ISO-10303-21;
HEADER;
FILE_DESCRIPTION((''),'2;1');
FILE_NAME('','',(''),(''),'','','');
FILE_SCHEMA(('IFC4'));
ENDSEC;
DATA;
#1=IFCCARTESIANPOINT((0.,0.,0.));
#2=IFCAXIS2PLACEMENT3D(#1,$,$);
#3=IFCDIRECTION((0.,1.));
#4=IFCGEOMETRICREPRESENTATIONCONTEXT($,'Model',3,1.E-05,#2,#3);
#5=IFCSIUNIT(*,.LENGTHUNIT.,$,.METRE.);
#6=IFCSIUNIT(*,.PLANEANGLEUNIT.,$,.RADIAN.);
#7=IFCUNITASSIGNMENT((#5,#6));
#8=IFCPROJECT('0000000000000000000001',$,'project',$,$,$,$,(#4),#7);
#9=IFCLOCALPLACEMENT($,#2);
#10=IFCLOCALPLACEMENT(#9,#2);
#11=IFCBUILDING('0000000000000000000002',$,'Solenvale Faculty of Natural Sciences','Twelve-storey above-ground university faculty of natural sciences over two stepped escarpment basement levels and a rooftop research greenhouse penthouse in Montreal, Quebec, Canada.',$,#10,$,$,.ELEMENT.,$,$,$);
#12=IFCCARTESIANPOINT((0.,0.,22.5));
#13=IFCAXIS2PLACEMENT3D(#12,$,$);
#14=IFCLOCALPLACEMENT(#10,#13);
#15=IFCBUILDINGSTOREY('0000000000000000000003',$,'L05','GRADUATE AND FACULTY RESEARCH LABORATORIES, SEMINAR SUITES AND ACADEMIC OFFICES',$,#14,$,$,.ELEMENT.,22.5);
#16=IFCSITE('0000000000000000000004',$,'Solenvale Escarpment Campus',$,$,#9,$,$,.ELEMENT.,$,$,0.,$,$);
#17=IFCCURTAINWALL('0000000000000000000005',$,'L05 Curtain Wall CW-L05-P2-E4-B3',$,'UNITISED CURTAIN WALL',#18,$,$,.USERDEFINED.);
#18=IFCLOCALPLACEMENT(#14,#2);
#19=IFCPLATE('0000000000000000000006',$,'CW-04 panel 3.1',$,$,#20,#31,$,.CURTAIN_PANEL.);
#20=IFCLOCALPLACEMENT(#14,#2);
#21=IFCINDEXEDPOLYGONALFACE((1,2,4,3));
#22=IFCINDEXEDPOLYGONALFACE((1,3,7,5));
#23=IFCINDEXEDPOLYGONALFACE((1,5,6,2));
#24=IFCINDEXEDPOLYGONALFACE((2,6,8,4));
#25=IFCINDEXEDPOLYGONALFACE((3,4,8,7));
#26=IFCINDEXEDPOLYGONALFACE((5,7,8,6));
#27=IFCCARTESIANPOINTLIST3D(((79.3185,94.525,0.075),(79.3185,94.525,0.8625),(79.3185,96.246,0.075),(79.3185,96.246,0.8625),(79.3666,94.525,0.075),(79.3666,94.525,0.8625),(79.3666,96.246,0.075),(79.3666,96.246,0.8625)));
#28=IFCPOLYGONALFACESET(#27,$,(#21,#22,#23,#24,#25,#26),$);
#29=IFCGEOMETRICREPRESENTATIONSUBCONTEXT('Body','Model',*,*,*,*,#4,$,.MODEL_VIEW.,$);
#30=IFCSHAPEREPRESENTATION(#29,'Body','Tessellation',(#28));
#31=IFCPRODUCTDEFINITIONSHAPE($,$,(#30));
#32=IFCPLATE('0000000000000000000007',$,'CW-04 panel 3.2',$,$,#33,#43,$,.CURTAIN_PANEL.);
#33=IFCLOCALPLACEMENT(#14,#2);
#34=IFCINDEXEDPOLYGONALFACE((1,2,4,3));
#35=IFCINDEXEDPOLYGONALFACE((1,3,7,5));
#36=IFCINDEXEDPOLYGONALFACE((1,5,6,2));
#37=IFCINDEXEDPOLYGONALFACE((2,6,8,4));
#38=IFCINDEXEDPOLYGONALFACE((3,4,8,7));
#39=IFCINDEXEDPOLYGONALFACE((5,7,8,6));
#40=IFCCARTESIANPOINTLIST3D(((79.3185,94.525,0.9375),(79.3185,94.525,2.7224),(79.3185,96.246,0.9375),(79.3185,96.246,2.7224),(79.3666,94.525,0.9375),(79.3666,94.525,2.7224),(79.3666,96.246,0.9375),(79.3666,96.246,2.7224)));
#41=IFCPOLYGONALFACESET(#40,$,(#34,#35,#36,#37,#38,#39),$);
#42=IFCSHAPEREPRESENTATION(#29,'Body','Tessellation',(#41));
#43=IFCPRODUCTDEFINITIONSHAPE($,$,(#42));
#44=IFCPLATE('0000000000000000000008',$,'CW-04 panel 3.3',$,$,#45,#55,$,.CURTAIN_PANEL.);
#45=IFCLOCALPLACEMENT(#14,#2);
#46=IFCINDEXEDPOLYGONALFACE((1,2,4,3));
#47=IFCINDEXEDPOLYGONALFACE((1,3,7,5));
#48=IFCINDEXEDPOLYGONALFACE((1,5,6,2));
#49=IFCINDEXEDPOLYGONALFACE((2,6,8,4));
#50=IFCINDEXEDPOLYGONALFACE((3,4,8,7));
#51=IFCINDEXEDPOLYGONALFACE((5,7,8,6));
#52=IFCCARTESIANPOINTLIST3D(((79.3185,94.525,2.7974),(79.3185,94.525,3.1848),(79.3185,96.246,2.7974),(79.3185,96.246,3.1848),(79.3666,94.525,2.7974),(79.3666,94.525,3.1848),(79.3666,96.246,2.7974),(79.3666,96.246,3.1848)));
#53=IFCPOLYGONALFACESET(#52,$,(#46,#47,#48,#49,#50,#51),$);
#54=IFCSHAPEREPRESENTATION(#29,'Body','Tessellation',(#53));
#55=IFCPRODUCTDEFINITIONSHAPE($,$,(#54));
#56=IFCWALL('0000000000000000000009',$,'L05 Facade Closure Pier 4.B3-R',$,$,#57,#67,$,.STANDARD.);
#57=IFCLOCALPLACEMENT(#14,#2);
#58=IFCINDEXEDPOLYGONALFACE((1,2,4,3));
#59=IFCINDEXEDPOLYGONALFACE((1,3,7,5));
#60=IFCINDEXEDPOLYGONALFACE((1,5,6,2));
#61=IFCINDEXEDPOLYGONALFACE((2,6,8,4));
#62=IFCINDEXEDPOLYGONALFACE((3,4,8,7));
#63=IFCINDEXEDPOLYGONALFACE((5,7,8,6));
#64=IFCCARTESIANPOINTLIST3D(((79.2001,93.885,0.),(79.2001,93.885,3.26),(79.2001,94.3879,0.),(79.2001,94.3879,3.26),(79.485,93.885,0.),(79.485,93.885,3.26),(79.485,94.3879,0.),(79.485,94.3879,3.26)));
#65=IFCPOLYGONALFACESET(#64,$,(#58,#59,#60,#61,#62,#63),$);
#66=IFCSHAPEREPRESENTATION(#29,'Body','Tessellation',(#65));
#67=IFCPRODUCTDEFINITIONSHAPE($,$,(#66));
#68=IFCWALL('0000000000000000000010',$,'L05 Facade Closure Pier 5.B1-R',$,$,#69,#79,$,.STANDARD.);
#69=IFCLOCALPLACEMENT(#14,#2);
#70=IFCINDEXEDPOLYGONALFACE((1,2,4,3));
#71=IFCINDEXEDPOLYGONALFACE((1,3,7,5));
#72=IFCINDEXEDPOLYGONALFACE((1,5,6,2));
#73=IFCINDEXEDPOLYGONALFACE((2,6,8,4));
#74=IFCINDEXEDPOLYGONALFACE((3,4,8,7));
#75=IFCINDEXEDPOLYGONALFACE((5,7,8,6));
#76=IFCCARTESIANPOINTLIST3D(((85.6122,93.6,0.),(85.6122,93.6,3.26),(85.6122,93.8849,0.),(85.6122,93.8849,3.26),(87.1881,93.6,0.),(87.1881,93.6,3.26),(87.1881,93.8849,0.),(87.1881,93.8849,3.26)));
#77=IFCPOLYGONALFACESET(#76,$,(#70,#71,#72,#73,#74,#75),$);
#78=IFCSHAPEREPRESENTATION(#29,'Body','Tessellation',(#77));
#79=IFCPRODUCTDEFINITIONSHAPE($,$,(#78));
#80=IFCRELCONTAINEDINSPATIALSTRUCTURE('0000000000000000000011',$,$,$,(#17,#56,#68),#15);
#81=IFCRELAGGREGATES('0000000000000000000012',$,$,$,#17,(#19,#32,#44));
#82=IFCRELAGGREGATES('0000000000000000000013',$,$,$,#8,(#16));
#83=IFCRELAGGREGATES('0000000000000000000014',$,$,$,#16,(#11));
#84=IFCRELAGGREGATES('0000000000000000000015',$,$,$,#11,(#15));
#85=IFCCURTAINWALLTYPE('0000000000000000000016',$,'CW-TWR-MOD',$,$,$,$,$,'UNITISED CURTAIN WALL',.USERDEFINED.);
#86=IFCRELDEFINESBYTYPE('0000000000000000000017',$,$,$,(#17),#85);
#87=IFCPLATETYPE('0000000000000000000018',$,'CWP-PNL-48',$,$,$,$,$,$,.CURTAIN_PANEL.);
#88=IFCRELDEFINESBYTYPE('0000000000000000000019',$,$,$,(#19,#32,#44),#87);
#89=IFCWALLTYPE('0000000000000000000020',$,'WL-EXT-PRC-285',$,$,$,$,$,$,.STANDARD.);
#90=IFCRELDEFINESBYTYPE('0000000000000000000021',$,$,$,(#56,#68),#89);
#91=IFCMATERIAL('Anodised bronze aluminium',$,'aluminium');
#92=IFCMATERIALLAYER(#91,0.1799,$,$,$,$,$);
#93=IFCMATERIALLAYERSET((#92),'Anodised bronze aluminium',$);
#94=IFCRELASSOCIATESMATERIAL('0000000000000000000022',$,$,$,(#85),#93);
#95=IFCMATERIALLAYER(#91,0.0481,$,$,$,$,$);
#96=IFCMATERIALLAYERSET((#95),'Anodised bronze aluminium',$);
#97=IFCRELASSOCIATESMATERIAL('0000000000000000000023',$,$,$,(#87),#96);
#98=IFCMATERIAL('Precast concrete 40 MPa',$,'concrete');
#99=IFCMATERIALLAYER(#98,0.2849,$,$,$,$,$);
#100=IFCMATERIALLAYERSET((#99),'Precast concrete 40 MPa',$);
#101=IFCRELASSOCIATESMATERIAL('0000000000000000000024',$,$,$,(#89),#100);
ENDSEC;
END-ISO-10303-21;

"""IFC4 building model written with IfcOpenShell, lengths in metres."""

from ifc_helpers import new_model, si_unit, direction, frame, frame_2d, origin, origin_2d, place, context, subcontext, project, spatial, rectangle, extrude, material, layer, layer_set, type_object, element, aggregate, save


model = new_model("IFC4")

# Units and contexts
model_context = context("Model", 3, precision=1e-05, world=origin(), true_north=direction((0.0, 1.0)))
body_context = subcontext(model_context, "Body", "Model", "MODEL_VIEW")
ifc_project = project(units=[si_unit("LENGTHUNIT", "METRE"), si_unit("PLANEANGLEUNIT", "RADIAN")], contexts=[model_context])

# Site, building, storey
site_placement = place(None, origin())
site = spatial("IfcSite", under=ifc_project, at=site_placement, Name="Solenvale Escarpment Campus", CompositionType="ELEMENT", RefElevation=0.0)
building_placement = place(site_placement, origin())
building = spatial("IfcBuilding", under=site, at=building_placement, Name="Solenvale Faculty of Natural Sciences", Description="Twelve-storey above-ground university faculty of natural sciences over two stepped escarpment basement levels and a rooftop research greenhouse penthouse in Montreal, Quebec, Canada.", CompositionType="ELEMENT")
storey_placement = place(building_placement, frame((0.0, 0.0, 22.5)))
storey = spatial("IfcBuildingStorey", under=building, at=storey_placement, Name="L05", Description="GRADUATE AND FACULTY RESEARCH LABORATORIES, SEMINAR SUITES AND ACADEMIC OFFICES", CompositionType="ELEMENT", Elevation=22.5)

# Curtain wall, plates
ifc_material_1 = material(Name="Anodised bronze aluminium", Category="aluminium")
ifc_layer_1 = layer(ifc_material_1, 0.1799)
ifc_layer_set_1 = layer_set([ifc_layer_1], Name="Anodised bronze aluminium")
curtain_wall_type = type_object("IfcCurtainWallType", Name="CW-TWR-MOD", ElementType="UNITISED CURTAIN WALL", PredefinedType="USERDEFINED", material=ifc_layer_set_1)
curtain_wall_placement = place(storey_placement, origin())
curtain_wall = element("IfcCurtainWall", 1, at=curtain_wall_placement, inside=storey, type_object=curtain_wall_type, Name="L05 Curtain Wall CW-L05-P2-E4-B3", ObjectType="UNITISED CURTAIN WALL", PredefinedType="USERDEFINED")
ifc_layer_2 = layer(ifc_material_1, 0.0481)
ifc_layer_set_2 = layer_set([ifc_layer_2], Name="Anodised bronze aluminium")
plate_type = type_object("IfcPlateType", Name="CWP-PNL-48", PredefinedType="CURTAIN_PANEL", material=ifc_layer_set_2)
plate_1_placement = place(storey_placement, frame((79.3425, 95.3855, 0.075), z_axis=(0.0, 0.0, 1.0), x_axis=(0.0, -1.0, 0.0)))
plate_1 = element("IfcPlate", 2, at=plate_1_placement, type_object=plate_type, Name="CW-04 panel 3.1", PredefinedType="CURTAIN_PANEL", context=body_context, shape_type="SweptSolid", body=[
    extrude(rectangle(XDim=1.7209, YDim=0.0481, at=origin_2d()), origin(), (0.0, 0.0, 1.0), 0.7876),
])
plate_2_placement = place(storey_placement, frame((79.3425, 95.3855, 0.9375), z_axis=(0.0, 0.0, 1.0), x_axis=(0.0, -1.0, 0.0)))
plate_2 = element("IfcPlate", 3, at=plate_2_placement, type_object=plate_type, Name="CW-04 panel 3.2", PredefinedType="CURTAIN_PANEL", context=body_context, shape_type="SweptSolid", body=[
    extrude(rectangle(XDim=1.7209, YDim=0.0481, at=origin_2d()), origin(), (0.0, 0.0, 1.0), 1.7849),
])
plate_3_placement = place(storey_placement, frame((79.3425, 95.3855, 2.7974), z_axis=(0.0, 0.0, 1.0), x_axis=(0.0, -1.0, 0.0)))
plate_3 = element("IfcPlate", 4, at=plate_3_placement, type_object=plate_type, Name="CW-04 panel 3.3", PredefinedType="CURTAIN_PANEL", context=body_context, shape_type="SweptSolid", body=[
    extrude(rectangle(XDim=1.7209, YDim=0.0481, at=origin_2d()), origin(), (0.0, 0.0, 1.0), 0.3875),
])
aggregate(curtain_wall, [plate_1, plate_2, plate_3])

# Walls
ifc_material_2 = material(Name="Precast concrete 40 MPa", Category="concrete")
ifc_layer_3 = layer(ifc_material_2, 0.2849)
ifc_layer_set_3 = layer_set([ifc_layer_3], Name="Precast concrete 40 MPa")
wall_type = type_object("IfcWallType", Name="WL-EXT-PRC-285", PredefinedType="STANDARD", material=ifc_layer_set_3)
wall_1_placement = place(storey_placement, frame((79.3425, 94.3879, 0.0), z_axis=(0.0, 0.0, 1.0), x_axis=(0.0, -1.0, 0.0)))
element("IfcWall", 5, at=wall_1_placement, inside=storey, type_object=wall_type, Name="L05 Facade Closure Pier 4.B3-R", PredefinedType="STANDARD", context=body_context, shape_type="SweptSolid", body=[
    extrude(rectangle(XDim=0.5029, YDim=0.2849, at=frame_2d((0.2515, 0.0))), origin(), (0.0, 0.0, 1.0), 3.26),
])
wall_2_placement = place(storey_placement, frame((85.6121, 93.7424, 0.0), z_axis=(0.0, 0.0, 1.0), x_axis=(1.0, 0.0, 0.0)))
element("IfcWall", 6, at=wall_2_placement, inside=storey, type_object=wall_type, Name="L05 Facade Closure Pier 5.B1-R", PredefinedType="STANDARD", context=body_context, shape_type="SweptSolid", body=[
    extrude(rectangle(XDim=1.5759, YDim=0.2849, at=frame_2d((0.7881, 0.0))), origin(), (0.0, 0.0, 1.0), 3.26),
])

save(model, "model.ifc")
